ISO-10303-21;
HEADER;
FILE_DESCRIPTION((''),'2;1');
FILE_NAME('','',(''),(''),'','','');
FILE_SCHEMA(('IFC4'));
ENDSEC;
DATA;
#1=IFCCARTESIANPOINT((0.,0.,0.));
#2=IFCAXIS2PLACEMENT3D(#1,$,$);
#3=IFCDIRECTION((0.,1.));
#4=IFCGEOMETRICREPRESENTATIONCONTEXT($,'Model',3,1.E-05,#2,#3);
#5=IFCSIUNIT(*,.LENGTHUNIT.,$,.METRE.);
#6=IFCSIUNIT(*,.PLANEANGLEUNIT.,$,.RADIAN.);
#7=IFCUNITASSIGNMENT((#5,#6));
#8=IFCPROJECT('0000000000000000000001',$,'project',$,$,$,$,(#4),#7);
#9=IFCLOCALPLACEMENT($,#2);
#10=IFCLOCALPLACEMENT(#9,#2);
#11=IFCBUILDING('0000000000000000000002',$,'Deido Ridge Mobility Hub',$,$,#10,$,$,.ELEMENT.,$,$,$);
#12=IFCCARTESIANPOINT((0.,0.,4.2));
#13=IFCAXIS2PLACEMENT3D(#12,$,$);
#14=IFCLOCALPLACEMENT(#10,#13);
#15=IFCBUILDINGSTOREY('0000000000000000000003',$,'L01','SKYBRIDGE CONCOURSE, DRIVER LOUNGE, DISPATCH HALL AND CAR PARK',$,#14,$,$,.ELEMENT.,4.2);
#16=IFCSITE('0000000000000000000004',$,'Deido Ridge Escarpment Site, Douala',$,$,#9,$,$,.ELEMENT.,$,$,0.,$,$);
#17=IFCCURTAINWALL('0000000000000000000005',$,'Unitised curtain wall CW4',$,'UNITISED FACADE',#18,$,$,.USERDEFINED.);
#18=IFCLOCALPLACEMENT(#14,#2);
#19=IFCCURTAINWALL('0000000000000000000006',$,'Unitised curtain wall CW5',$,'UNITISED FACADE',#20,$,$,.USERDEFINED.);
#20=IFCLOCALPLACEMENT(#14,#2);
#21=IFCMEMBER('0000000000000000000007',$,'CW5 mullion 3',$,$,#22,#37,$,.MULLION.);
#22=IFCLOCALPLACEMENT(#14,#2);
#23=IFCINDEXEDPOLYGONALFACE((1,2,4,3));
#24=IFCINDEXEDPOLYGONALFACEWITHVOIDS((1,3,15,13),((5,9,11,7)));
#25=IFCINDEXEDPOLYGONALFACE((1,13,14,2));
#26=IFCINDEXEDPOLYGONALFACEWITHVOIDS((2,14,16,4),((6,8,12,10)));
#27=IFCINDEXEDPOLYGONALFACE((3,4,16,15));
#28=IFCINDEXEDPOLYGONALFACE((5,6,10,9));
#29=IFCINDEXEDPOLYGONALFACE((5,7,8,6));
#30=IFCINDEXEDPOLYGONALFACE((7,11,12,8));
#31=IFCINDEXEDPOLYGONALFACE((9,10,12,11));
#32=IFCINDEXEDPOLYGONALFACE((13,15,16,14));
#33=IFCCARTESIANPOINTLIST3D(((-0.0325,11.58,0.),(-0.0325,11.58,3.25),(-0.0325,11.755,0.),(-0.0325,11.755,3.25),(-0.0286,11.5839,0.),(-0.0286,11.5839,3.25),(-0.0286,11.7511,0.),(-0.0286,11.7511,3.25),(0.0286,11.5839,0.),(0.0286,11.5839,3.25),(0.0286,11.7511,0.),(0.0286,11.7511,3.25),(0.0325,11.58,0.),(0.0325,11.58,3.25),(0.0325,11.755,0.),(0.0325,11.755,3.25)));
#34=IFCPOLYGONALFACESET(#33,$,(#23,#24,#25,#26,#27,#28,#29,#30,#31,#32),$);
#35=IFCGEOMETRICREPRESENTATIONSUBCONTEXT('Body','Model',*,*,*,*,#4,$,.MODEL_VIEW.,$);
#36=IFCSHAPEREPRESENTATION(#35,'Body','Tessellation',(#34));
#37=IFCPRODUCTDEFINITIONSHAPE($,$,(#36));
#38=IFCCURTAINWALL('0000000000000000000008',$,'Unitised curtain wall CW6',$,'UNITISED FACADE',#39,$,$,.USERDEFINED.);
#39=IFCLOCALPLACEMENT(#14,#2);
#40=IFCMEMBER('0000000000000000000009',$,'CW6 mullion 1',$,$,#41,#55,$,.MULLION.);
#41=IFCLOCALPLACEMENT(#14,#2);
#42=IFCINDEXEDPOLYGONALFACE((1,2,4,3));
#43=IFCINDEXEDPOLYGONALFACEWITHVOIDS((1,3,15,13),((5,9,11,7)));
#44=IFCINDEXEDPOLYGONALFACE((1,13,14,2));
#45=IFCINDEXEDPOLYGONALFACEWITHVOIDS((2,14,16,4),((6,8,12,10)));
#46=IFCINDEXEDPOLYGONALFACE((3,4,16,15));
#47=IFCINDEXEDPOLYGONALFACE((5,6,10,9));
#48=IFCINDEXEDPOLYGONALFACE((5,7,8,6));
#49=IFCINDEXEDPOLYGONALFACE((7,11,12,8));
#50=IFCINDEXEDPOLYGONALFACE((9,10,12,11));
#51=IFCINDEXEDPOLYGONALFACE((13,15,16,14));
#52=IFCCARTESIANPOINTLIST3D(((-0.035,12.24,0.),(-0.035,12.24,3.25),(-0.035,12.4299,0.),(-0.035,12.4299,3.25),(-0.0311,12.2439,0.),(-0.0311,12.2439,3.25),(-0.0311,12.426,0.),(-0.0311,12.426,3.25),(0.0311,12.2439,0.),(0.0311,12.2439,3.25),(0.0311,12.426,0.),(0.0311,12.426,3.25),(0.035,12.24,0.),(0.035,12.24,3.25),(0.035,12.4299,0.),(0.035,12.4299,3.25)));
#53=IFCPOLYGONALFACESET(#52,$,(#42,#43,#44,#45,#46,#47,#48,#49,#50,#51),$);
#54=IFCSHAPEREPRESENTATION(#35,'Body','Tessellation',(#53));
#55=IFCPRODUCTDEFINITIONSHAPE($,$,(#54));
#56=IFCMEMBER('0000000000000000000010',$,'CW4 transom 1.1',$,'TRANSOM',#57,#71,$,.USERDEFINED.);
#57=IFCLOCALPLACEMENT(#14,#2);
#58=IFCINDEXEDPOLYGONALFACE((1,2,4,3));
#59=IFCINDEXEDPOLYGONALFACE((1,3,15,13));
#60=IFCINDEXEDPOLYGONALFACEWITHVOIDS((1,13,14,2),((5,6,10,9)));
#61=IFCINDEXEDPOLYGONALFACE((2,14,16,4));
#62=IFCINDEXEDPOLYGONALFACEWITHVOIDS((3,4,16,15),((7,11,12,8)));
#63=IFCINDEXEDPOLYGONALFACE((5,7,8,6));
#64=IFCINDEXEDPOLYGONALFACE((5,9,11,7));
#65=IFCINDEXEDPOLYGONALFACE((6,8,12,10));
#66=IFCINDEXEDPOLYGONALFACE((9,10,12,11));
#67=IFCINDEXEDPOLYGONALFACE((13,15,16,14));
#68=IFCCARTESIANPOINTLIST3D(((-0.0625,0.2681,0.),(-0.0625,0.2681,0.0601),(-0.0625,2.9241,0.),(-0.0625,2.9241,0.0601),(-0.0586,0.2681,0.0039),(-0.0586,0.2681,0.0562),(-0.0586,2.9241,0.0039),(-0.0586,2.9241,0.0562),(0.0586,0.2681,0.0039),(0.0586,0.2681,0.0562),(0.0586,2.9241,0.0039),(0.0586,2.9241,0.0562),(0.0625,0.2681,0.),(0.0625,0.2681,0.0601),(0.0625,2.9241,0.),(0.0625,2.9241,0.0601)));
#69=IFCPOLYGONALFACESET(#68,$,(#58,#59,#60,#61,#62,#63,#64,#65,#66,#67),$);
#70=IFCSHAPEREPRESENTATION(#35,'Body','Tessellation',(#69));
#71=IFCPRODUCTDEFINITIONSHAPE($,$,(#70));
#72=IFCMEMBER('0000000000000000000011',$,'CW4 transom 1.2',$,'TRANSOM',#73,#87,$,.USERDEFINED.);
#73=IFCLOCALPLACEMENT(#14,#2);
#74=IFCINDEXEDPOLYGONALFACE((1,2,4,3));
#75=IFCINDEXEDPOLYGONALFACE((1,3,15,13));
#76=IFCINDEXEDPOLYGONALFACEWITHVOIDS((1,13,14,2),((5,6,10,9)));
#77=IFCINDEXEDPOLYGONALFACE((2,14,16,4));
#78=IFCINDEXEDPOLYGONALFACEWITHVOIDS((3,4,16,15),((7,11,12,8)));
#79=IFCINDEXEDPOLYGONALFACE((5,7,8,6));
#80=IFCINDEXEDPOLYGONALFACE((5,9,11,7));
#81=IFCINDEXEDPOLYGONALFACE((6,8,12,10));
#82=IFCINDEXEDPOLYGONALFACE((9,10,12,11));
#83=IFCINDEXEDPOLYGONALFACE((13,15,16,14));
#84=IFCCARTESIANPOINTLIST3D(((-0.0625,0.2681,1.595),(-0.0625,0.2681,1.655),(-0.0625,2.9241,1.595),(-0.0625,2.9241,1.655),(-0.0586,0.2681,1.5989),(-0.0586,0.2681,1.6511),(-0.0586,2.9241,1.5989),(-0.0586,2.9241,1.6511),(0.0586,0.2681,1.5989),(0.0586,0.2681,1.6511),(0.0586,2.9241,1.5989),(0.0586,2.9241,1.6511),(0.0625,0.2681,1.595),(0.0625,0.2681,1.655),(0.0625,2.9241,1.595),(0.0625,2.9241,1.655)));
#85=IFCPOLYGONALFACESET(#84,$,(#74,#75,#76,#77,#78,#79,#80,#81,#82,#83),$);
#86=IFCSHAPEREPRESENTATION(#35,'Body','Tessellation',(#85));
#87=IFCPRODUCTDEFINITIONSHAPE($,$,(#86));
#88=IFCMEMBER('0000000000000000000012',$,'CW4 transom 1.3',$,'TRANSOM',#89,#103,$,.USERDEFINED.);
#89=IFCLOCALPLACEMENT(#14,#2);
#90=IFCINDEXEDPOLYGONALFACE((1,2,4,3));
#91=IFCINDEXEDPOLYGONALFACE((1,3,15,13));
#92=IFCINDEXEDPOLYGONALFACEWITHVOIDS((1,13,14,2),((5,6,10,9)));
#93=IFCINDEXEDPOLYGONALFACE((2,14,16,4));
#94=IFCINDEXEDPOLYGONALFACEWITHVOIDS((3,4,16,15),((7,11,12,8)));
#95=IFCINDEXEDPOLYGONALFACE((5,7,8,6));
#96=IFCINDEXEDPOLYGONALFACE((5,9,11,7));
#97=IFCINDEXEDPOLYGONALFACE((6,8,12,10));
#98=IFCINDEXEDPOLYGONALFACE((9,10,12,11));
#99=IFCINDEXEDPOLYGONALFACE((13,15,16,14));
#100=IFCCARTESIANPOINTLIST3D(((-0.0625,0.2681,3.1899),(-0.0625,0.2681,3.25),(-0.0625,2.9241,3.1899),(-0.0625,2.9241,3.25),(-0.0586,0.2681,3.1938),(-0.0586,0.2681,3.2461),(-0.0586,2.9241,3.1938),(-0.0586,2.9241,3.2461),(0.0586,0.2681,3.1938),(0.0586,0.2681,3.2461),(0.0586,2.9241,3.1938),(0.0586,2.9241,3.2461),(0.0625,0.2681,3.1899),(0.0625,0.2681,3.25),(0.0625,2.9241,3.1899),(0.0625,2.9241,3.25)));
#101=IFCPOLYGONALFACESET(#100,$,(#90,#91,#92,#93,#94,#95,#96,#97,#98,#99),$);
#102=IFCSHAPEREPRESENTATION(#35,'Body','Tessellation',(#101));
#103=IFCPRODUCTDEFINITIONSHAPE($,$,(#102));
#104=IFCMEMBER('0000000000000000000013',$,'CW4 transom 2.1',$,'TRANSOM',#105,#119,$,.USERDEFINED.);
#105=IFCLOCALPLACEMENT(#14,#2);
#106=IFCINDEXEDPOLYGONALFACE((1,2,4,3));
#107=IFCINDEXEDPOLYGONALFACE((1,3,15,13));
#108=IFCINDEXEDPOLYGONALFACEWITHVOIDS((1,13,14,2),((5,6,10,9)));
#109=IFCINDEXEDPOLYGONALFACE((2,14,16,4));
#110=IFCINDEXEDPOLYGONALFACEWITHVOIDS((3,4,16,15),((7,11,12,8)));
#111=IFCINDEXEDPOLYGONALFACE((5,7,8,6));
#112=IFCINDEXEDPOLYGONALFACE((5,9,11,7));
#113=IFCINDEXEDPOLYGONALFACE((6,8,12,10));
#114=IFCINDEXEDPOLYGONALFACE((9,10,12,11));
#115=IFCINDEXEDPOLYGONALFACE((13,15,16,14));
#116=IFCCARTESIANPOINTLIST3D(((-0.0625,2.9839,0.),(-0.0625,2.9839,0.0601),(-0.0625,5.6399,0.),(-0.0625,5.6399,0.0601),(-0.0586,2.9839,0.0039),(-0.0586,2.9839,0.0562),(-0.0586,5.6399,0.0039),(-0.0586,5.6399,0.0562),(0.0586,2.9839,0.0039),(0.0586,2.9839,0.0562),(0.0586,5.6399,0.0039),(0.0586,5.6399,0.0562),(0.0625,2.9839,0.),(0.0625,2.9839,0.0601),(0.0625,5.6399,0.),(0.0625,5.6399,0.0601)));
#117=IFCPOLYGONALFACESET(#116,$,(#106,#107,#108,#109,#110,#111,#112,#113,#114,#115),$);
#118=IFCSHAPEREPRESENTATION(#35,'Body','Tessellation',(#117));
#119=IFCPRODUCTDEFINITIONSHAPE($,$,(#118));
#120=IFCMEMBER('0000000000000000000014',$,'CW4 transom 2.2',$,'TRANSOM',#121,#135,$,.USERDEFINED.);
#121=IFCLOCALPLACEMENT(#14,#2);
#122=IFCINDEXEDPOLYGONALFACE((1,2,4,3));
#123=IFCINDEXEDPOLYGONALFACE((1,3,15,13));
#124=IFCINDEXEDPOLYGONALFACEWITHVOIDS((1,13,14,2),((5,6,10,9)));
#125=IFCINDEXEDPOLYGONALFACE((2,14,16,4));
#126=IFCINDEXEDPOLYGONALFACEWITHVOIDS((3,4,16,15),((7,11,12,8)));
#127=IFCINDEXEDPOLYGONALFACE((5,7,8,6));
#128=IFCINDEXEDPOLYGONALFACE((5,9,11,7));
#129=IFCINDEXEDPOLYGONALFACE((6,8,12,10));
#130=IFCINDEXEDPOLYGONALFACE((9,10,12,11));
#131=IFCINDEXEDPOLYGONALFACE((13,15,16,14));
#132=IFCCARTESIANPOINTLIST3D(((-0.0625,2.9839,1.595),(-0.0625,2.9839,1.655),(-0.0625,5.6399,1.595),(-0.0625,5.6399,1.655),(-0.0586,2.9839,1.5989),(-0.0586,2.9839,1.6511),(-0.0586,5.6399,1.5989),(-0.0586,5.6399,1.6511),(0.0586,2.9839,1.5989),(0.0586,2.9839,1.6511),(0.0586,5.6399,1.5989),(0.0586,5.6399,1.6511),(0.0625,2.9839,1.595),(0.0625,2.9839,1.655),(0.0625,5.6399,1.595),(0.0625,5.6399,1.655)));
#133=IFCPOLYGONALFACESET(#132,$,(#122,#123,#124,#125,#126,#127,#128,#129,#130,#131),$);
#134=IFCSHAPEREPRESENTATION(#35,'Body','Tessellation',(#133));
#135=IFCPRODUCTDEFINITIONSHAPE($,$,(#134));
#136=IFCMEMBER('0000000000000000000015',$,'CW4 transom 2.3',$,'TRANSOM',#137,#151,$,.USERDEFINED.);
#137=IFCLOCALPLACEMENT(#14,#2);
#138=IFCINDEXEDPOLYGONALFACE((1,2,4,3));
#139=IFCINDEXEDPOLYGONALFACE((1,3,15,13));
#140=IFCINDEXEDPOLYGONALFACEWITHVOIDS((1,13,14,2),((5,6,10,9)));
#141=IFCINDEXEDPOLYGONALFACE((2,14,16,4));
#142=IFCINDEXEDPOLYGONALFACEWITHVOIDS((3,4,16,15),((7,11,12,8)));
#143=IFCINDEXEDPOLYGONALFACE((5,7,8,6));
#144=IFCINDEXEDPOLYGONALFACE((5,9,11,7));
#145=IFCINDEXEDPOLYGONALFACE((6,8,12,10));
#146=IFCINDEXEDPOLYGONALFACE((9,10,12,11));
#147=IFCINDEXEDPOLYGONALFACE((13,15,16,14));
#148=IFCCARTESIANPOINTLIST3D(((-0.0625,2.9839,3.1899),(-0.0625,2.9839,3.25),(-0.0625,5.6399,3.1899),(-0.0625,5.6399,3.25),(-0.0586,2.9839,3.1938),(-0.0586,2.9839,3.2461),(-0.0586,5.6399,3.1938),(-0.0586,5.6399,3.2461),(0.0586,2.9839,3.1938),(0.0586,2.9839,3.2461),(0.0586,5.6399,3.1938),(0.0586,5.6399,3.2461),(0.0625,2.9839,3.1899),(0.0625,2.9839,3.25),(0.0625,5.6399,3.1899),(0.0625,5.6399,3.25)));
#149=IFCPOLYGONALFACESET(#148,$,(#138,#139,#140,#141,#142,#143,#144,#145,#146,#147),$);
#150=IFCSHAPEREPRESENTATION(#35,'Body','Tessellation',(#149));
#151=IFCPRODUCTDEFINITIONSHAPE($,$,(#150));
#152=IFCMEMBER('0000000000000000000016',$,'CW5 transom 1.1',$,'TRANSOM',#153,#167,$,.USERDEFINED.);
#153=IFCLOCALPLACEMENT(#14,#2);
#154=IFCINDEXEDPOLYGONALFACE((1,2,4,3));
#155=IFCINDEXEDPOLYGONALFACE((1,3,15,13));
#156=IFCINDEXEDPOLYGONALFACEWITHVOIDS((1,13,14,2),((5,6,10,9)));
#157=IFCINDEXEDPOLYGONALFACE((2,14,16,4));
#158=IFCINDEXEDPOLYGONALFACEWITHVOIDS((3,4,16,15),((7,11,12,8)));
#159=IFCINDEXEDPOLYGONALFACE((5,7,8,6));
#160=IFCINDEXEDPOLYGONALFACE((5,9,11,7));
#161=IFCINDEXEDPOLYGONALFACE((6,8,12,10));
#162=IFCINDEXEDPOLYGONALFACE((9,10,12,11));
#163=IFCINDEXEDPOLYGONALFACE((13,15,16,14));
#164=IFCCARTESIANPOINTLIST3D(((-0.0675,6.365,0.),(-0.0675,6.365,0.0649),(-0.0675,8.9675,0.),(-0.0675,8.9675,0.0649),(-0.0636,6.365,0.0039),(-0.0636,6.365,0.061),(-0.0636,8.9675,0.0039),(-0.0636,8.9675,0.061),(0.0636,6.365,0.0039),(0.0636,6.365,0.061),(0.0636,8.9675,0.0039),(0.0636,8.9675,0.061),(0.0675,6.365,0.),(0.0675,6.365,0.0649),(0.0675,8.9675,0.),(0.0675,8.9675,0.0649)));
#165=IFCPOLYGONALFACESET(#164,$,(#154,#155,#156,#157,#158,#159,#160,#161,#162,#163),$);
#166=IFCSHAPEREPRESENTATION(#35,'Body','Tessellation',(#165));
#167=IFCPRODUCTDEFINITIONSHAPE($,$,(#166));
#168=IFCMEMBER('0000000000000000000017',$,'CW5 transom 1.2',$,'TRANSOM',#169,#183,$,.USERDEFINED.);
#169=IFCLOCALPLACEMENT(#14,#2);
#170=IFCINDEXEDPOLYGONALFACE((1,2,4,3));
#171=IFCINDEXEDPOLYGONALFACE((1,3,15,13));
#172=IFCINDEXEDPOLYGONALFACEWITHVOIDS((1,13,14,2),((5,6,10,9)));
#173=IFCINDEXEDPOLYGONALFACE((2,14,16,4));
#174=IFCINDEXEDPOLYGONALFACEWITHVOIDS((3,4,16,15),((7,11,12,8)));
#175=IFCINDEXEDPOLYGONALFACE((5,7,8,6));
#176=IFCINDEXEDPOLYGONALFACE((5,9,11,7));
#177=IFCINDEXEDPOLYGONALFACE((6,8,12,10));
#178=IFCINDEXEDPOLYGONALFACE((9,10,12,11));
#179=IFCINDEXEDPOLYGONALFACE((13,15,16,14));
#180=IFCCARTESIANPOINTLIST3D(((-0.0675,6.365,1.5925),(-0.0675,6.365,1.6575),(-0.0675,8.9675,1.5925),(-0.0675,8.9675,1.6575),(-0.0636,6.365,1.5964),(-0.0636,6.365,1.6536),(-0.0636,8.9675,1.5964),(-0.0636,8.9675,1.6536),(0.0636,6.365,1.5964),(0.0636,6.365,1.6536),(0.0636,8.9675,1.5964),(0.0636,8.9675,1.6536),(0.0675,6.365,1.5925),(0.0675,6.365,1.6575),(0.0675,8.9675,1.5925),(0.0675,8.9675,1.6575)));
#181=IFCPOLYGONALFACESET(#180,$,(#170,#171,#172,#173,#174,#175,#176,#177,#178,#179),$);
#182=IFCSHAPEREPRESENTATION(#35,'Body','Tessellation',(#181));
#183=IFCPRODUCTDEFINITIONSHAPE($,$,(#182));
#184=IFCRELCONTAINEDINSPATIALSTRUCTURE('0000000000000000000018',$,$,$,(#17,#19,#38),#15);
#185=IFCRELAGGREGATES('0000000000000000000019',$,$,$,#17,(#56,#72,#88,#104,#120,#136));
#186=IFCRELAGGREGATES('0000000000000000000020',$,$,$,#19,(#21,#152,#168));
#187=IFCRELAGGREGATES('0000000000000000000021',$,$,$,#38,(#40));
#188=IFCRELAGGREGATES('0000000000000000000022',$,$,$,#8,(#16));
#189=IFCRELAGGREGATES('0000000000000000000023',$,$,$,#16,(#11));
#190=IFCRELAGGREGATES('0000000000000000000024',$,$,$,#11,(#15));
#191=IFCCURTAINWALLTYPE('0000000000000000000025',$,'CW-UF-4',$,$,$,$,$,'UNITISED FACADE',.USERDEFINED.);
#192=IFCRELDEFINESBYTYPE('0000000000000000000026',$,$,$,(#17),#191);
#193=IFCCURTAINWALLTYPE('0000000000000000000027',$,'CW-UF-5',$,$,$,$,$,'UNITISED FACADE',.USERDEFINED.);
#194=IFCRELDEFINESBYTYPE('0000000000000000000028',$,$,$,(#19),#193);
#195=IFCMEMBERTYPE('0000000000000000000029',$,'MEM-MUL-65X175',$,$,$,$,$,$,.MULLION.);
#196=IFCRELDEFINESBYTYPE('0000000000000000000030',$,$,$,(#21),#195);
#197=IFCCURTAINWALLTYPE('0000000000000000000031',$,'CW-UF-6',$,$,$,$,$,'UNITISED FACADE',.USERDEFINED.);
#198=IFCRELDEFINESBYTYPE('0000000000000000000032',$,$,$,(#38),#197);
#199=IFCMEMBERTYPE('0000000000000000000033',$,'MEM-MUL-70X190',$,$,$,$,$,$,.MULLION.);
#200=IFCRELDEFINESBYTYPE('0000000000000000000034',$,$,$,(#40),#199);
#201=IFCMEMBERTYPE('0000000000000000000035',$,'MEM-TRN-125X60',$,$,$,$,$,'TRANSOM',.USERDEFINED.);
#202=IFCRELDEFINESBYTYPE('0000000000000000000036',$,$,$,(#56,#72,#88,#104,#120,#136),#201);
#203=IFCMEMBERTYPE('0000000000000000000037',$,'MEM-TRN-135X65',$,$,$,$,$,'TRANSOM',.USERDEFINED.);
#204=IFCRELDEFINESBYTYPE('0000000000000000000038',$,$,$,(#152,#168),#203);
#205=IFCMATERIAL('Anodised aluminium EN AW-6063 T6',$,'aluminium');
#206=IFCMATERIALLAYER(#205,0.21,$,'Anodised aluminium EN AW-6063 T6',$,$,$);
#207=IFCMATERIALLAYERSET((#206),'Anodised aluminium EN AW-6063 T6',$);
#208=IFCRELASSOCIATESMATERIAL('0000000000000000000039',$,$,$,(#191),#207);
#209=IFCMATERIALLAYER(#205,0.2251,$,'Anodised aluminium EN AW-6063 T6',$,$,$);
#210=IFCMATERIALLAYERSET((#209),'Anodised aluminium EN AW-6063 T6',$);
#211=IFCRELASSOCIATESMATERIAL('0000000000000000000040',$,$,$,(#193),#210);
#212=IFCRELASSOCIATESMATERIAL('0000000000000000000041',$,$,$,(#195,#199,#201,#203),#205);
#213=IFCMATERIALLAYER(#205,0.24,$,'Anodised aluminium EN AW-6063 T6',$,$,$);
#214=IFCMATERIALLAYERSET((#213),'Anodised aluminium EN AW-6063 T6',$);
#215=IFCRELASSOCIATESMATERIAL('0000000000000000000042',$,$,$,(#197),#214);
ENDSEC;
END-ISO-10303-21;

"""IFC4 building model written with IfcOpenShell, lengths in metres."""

from ifc_helpers import new_model, si_unit, direction, frame, origin, origin_2d, place, context, subcontext, project, spatial, hollow_rectangle, extrude, material, layer, layer_set, material_profile, profile_set, type_object, element, aggregate, save


model = new_model("IFC4")

# Units and contexts
model_context = context("Model", 3, precision=1e-05, world=origin(), true_north=direction((0.0, 1.0)))
body_context = subcontext(model_context, "Body", "Model", "MODEL_VIEW")
ifc_project = project(units=[si_unit("LENGTHUNIT", "METRE"), si_unit("PLANEANGLEUNIT", "RADIAN")], contexts=[model_context])

# Site, building, storey
site_placement = place(None, origin())
site = spatial("IfcSite", under=ifc_project, at=site_placement, Name="Deido Ridge Escarpment Site, Douala", CompositionType="ELEMENT", RefElevation=0.0)
building_placement = place(site_placement, origin())
building = spatial("IfcBuilding", under=site, at=building_placement, Name="Deido Ridge Mobility Hub", CompositionType="ELEMENT")
storey_placement = place(building_placement, frame((0.0, 0.0, 4.2)))
storey = spatial("IfcBuildingStorey", under=building, at=storey_placement, Name="L01", Description="SKYBRIDGE CONCOURSE, DRIVER LOUNGE, DISPATCH HALL AND CAR PARK", CompositionType="ELEMENT", Elevation=4.2)

# Curtain walls, member
ifc_material_1 = material(Name="Anodised aluminium EN AW-6063 T6", Category="aluminium")
ifc_layer_1 = layer(ifc_material_1, 0.21, Name="Anodised aluminium EN AW-6063 T6")
ifc_layer_set_1 = layer_set([ifc_layer_1], Name="Anodised aluminium EN AW-6063 T6")
curtain_wall_type_1 = type_object("IfcCurtainWallType", Name="CW-UF-4", ElementType="UNITISED FACADE", PredefinedType="USERDEFINED", material=ifc_layer_set_1)
curtain_wall_1_placement = place(storey_placement, origin())
curtain_wall_1 = element("IfcCurtainWall", 1, at=curtain_wall_1_placement, inside=storey, type_object=curtain_wall_type_1, Name="Unitised curtain wall CW4", ObjectType="UNITISED FACADE", PredefinedType="USERDEFINED")
ifc_layer_2 = layer(ifc_material_1, 0.2251, Name="Anodised aluminium EN AW-6063 T6")
ifc_layer_set_2 = layer_set([ifc_layer_2], Name="Anodised aluminium EN AW-6063 T6")
curtain_wall_type_2 = type_object("IfcCurtainWallType", Name="CW-UF-5", ElementType="UNITISED FACADE", PredefinedType="USERDEFINED", material=ifc_layer_set_2)
curtain_wall_2_placement = place(storey_placement, origin())
curtain_wall_2 = element("IfcCurtainWall", 2, at=curtain_wall_2_placement, inside=storey, type_object=curtain_wall_type_2, Name="Unitised curtain wall CW5", ObjectType="UNITISED FACADE", PredefinedType="USERDEFINED")
ifc_material_profile_1 = material_profile(ifc_material_1, hollow_rectangle(XDim=0.0649, YDim=0.175, WallThickness=0.0039, at=origin_2d()), Name="RHS 65x175x4")
ifc_profile_set_1 = profile_set([ifc_material_profile_1], Name="Anodised aluminium EN AW-6063 T6")
member_type_1 = type_object("IfcMemberType", Name="MEM-MUL-65X175", PredefinedType="MULLION", material=ifc_profile_set_1)
member_1_placement = place(storey_placement, frame((0.0, 11.6675, 0.0), z_axis=(0.0, 0.0, 1.0), x_axis=(-1.0, 0.0, 0.0)))
member_1 = element("IfcMember", 3, at=member_1_placement, type_object=member_type_1, Name="CW5 mullion 3", PredefinedType="MULLION", context=body_context, shape_type="SweptSolid", body=[
    extrude(hollow_rectangle(XDim=0.0649, YDim=0.175, WallThickness=0.0039, at=origin_2d()), origin(), (0.0, 0.0, 1.0), 3.25),
])

# Curtain wall, member
ifc_layer_3 = layer(ifc_material_1, 0.24, Name="Anodised aluminium EN AW-6063 T6")
ifc_layer_set_3 = layer_set([ifc_layer_3], Name="Anodised aluminium EN AW-6063 T6")
curtain_wall_type_3 = type_object("IfcCurtainWallType", Name="CW-UF-6", ElementType="UNITISED FACADE", PredefinedType="USERDEFINED", material=ifc_layer_set_3)
curtain_wall_3_placement = place(storey_placement, origin())
curtain_wall_3 = element("IfcCurtainWall", 4, at=curtain_wall_3_placement, inside=storey, type_object=curtain_wall_type_3, Name="Unitised curtain wall CW6", ObjectType="UNITISED FACADE", PredefinedType="USERDEFINED")
ifc_material_profile_2 = material_profile(ifc_material_1, hollow_rectangle(XDim=0.0701, YDim=0.1899, WallThickness=0.0039, at=origin_2d()), Name="RHS 70x190x4")
ifc_profile_set_2 = profile_set([ifc_material_profile_2], Name="Anodised aluminium EN AW-6063 T6")
member_type_2 = type_object("IfcMemberType", Name="MEM-MUL-70X190", PredefinedType="MULLION", material=ifc_profile_set_2)
member_2_placement = place(storey_placement, frame((0.0, 12.335, 0.0), z_axis=(0.0, 0.0, 1.0), x_axis=(-1.0, 0.0, 0.0)))
member_2 = element("IfcMember", 5, at=member_2_placement, type_object=member_type_2, Name="CW6 mullion 1", PredefinedType="MULLION", context=body_context, shape_type="SweptSolid", body=[
    extrude(hollow_rectangle(XDim=0.0701, YDim=0.1899, WallThickness=0.0039, at=origin_2d()), origin(), (0.0, 0.0, 1.0), 3.25),
])

# Members
ifc_material_profile_3 = material_profile(ifc_material_1, hollow_rectangle(XDim=0.125, YDim=0.0601, WallThickness=0.0039, at=origin_2d()), Name="RHS 125x60x4")
ifc_profile_set_3 = profile_set([ifc_material_profile_3], Name="Anodised aluminium EN AW-6063 T6")
member_type_3 = type_object("IfcMemberType", Name="MEM-TRN-125X60", ElementType="TRANSOM", PredefinedType="USERDEFINED", material=ifc_profile_set_3)
member_3_placement = place(storey_placement, frame((0.0, 0.2681, 0.03), z_axis=(0.0, 1.0, 0.0), x_axis=(-1.0, 0.0, 0.0)))
member_3 = element("IfcMember", 6, at=member_3_placement, type_object=member_type_3, Name="CW4 transom 1.1", ObjectType="TRANSOM", PredefinedType="USERDEFINED", context=body_context, shape_type="SweptSolid", body=[
    extrude(hollow_rectangle(XDim=0.125, YDim=0.0601, WallThickness=0.0039, at=origin_2d()), origin(), (0.0, 0.0, 1.0), 2.656),
])
member_4_placement = place(storey_placement, frame((0.0, 0.2681, 1.625), z_axis=(0.0, 1.0, 0.0), x_axis=(-1.0, 0.0, 0.0)))
member_4 = element("IfcMember", 7, at=member_4_placement, type_object=member_type_3, Name="CW4 transom 1.2", ObjectType="TRANSOM", PredefinedType="USERDEFINED", context=body_context, shape_type="SweptSolid", body=[
    extrude(hollow_rectangle(XDim=0.125, YDim=0.0601, WallThickness=0.0039, at=origin_2d()), origin(), (0.0, 0.0, 1.0), 2.656),
])
member_5_placement = place(storey_placement, frame((0.0, 0.2681, 3.22), z_axis=(0.0, 1.0, 0.0), x_axis=(-1.0, 0.0, 0.0)))
member_5 = element("IfcMember", 8, at=member_5_placement, type_object=member_type_3, Name="CW4 transom 1.3", ObjectType="TRANSOM", PredefinedType="USERDEFINED", context=body_context, shape_type="SweptSolid", body=[
    extrude(hollow_rectangle(XDim=0.125, YDim=0.0601, WallThickness=0.0039, at=origin_2d()), origin(), (0.0, 0.0, 1.0), 2.656),
])
member_6_placement = place(storey_placement, frame((0.0, 2.9839, 0.03), z_axis=(0.0, 1.0, 0.0), x_axis=(-1.0, 0.0, 0.0)))
member_6 = element("IfcMember", 9, at=member_6_placement, type_object=member_type_3, Name="CW4 transom 2.1", ObjectType="TRANSOM", PredefinedType="USERDEFINED", context=body_context, shape_type="SweptSolid", body=[
    extrude(hollow_rectangle(XDim=0.125, YDim=0.0601, WallThickness=0.0039, at=origin_2d()), origin(), (0.0, 0.0, 1.0), 2.656),
])
member_7_placement = place(storey_placement, frame((0.0, 2.9839, 1.625), z_axis=(0.0, 1.0, 0.0), x_axis=(-1.0, 0.0, 0.0)))
member_7 = element("IfcMember", 10, at=member_7_placement, type_object=member_type_3, Name="CW4 transom 2.2", ObjectType="TRANSOM", PredefinedType="USERDEFINED", context=body_context, shape_type="SweptSolid", body=[
    extrude(hollow_rectangle(XDim=0.125, YDim=0.0601, WallThickness=0.0039, at=origin_2d()), origin(), (0.0, 0.0, 1.0), 2.656),
])
member_8_placement = place(storey_placement, frame((0.0, 2.9839, 3.22), z_axis=(0.0, 1.0, 0.0), x_axis=(-1.0, 0.0, 0.0)))
member_8 = element("IfcMember", 11, at=member_8_placement, type_object=member_type_3, Name="CW4 transom 2.3", ObjectType="TRANSOM", PredefinedType="USERDEFINED", context=body_context, shape_type="SweptSolid", body=[
    extrude(hollow_rectangle(XDim=0.125, YDim=0.0601, WallThickness=0.0039, at=origin_2d()), origin(), (0.0, 0.0, 1.0), 2.656),
])
ifc_material_profile_4 = material_profile(ifc_material_1, hollow_rectangle(XDim=0.135, YDim=0.0649, WallThickness=0.0039, at=origin_2d()), Name="RHS 135x65x4")
ifc_profile_set_4 = profile_set([ifc_material_profile_4], Name="Anodised aluminium EN AW-6063 T6")
member_type_4 = type_object("IfcMemberType", Name="MEM-TRN-135X65", ElementType="TRANSOM", PredefinedType="USERDEFINED", material=ifc_profile_set_4)
member_9_placement = place(storey_placement, frame((0.0, 6.365, 0.0325), z_axis=(0.0, 1.0, 0.0), x_axis=(-1.0, 0.0, 0.0)))
member_9 = element("IfcMember", 12, at=member_9_placement, type_object=member_type_4, Name="CW5 transom 1.1", ObjectType="TRANSOM", PredefinedType="USERDEFINED", context=body_context, shape_type="SweptSolid", body=[
    extrude(hollow_rectangle(XDim=0.135, YDim=0.0649, WallThickness=0.0039, at=origin_2d()), origin(), (0.0, 0.0, 1.0), 2.6025),
])
member_10_placement = place(storey_placement, frame((0.0, 6.365, 1.625), z_axis=(0.0, 1.0, 0.0), x_axis=(-1.0, 0.0, 0.0)))
member_10 = element("IfcMember", 13, at=member_10_placement, type_object=member_type_4, Name="CW5 transom 1.2", ObjectType="TRANSOM", PredefinedType="USERDEFINED", context=body_context, shape_type="SweptSolid", body=[
    extrude(hollow_rectangle(XDim=0.135, YDim=0.0649, WallThickness=0.0039, at=origin_2d()), origin(), (0.0, 0.0, 1.0), 2.6025),
])

aggregate(curtain_wall_1, [member_3, member_4, member_5, member_6, member_7, member_8])
aggregate(curtain_wall_2, [member_1, member_9, member_10])
aggregate(curtain_wall_3, [member_2])

save(model, "model.ifc")
